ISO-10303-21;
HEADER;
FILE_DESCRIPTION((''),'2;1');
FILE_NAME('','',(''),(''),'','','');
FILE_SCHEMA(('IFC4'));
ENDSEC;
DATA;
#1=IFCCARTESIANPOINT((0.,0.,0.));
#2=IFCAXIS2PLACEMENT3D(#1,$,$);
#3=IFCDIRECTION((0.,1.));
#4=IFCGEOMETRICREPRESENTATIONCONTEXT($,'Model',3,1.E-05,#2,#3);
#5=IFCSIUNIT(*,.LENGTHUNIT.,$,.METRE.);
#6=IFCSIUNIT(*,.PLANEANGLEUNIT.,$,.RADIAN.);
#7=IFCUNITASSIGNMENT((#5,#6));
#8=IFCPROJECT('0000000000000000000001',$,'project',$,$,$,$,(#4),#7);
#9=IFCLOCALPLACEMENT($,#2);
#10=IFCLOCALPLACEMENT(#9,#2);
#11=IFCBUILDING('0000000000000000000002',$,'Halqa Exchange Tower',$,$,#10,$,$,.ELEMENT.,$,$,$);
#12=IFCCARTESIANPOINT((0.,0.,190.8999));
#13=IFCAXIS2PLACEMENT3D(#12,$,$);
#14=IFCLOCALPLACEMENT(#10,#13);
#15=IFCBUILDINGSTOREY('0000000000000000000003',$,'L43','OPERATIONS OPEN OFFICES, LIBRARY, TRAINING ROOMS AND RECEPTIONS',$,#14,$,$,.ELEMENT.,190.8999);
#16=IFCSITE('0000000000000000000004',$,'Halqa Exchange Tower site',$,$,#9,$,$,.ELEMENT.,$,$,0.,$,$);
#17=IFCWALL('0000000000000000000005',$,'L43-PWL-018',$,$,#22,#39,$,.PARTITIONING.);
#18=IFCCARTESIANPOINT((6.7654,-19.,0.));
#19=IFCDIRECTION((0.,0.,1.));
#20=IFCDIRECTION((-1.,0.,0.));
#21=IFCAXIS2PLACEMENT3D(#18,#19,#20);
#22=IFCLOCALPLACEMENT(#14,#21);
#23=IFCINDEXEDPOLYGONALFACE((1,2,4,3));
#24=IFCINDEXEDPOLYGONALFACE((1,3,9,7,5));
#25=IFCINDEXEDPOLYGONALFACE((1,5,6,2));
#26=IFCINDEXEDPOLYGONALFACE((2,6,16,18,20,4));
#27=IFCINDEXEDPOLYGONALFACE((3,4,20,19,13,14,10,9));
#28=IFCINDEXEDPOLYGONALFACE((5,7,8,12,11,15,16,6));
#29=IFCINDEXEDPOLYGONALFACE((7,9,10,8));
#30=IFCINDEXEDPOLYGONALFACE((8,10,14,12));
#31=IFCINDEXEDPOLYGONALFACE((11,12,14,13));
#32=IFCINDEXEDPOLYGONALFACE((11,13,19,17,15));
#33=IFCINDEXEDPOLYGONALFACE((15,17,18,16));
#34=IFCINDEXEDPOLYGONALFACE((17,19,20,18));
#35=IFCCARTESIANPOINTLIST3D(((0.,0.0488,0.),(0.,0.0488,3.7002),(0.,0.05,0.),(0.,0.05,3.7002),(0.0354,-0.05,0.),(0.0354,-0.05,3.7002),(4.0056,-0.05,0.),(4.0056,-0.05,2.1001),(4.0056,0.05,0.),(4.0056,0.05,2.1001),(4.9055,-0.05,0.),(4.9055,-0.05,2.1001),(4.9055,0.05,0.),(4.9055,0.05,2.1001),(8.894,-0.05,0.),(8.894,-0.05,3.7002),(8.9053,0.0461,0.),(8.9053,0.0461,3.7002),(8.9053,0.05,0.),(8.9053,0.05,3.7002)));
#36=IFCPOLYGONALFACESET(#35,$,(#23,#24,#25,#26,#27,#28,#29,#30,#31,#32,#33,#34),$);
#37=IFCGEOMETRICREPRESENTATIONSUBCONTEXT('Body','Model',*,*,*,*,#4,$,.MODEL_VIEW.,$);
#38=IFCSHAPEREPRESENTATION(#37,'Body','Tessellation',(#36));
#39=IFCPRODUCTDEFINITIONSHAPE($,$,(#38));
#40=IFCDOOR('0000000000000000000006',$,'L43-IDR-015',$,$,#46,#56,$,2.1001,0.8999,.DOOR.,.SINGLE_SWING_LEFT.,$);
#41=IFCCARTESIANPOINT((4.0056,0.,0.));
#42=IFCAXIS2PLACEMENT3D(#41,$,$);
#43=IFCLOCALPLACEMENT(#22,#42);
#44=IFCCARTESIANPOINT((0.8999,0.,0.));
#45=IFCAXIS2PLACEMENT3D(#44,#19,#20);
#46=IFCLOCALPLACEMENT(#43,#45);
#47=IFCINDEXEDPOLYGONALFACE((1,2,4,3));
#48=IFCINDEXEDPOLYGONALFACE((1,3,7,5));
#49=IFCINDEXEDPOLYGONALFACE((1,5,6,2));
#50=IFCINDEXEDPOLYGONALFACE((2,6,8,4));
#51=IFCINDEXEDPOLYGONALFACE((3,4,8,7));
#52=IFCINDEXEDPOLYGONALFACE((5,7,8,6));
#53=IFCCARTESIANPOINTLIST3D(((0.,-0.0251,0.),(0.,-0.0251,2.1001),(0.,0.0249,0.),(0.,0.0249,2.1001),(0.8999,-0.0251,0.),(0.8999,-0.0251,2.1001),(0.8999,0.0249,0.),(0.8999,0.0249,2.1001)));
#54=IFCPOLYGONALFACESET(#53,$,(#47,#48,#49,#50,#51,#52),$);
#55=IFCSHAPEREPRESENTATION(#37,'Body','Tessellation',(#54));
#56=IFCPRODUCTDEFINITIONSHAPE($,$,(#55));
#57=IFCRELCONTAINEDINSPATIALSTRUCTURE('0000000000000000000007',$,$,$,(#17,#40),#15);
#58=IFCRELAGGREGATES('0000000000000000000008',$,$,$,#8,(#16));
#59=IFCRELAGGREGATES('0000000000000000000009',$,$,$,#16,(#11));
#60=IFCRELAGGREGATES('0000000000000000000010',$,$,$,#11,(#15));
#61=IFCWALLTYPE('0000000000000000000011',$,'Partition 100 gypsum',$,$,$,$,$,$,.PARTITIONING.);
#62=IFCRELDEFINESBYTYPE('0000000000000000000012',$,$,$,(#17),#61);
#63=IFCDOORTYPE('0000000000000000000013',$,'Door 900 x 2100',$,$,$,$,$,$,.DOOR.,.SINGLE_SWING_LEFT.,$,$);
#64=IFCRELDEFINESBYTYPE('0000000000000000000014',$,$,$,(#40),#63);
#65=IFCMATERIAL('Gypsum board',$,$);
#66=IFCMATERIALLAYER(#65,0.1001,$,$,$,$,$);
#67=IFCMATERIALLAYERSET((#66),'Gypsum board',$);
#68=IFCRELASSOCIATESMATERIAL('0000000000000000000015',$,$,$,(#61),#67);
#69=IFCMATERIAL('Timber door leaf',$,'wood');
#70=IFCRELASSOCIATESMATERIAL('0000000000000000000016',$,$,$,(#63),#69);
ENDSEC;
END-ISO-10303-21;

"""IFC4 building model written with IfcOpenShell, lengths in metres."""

from ifc_helpers import new_model, si_unit, direction, frame, frame_2d, origin, place, context, subcontext, project, spatial, polyline, rectangle, outline, extrude, material, layer, layer_set, type_object, element, fill, save


model = new_model("IFC4")

# Units and contexts
model_context = context("Model", 3, precision=1e-05, world=origin(), true_north=direction((0.0, 1.0)))
body_context = subcontext(model_context, "Body", "Model", "MODEL_VIEW")
ifc_project = project(units=[si_unit("LENGTHUNIT", "METRE"), si_unit("PLANEANGLEUNIT", "RADIAN")], contexts=[model_context])

# Site, building, storey
site_placement = place(None, origin())
site = spatial("IfcSite", under=ifc_project, at=site_placement, Name="Halqa Exchange Tower site", CompositionType="ELEMENT", RefElevation=0.0)
building_placement = place(site_placement, origin())
building = spatial("IfcBuilding", under=site, at=building_placement, Name="Halqa Exchange Tower", CompositionType="ELEMENT")
storey_placement = place(building_placement, frame((0.0, 0.0, 190.8999)))
storey = spatial("IfcBuildingStorey", under=building, at=storey_placement, Name="L43", Description="OPERATIONS OPEN OFFICES, LIBRARY, TRAINING ROOMS AND RECEPTIONS", CompositionType="ELEMENT", Elevation=190.8999)

# Wall, opening, door
ifc_material_1 = material(Name="Gypsum board")
ifc_layer_1 = layer(ifc_material_1, 0.1001)
ifc_layer_set_1 = layer_set([ifc_layer_1], Name="Gypsum board")
wall_type_1 = type_object("IfcWallType", Name="Partition 100 gypsum", PredefinedType="PARTITIONING", material=ifc_layer_set_1)
wall_1_placement = place(storey_placement, frame((6.7654, -19.0, 0.0), z_axis=(0.0, 0.0, 1.0), x_axis=(-1.0, 0.0, 0.0)))
wall_1 = element("IfcWall", 1, at=wall_1_placement, inside=storey, type_object=wall_type_1, Name="L43-PWL-018", PredefinedType="PARTITIONING", context=body_context, shape_type="SweptSolid", body=[
    extrude(outline(polyline([(0.0354, -0.05), (1.8071, -0.05), (3.5789, -0.05), (5.3506, -0.05), (7.1223, -0.05), (8.894, -0.05), (8.9053, 0.0461), (8.9053, 0.05), (7.1243, 0.05), (5.3433, 0.05), (3.562, 0.05), (1.781, 0.05), (0.0, 0.05), (0.0, 0.0488), (0.0354, -0.05)])), origin(), (0.0, 0.0, 1.0), 3.7002),
])
opening_1_placement = place(wall_1_placement, frame((4.0056, 0.0, 0.0)))
opening_1 = element("IfcOpeningElement", 2, at=opening_1_placement, cuts=wall_1, PredefinedType="OPENING", context=body_context, shape_type="SweptSolid", body=[
    extrude(rectangle(XDim=0.8999, YDim=2.1001, at=frame_2d((0.45, 1.05))), frame((0.0, 0.062, 0.0), z_axis=(0.0, -1.0, 0.0), x_axis=(1.0, 0.0, 0.0)), (0.0, 0.0, 1.0), 0.124),
])
ifc_material_2 = material(Name="Timber door leaf", Category="wood")
door_type = type_object("IfcDoorType", Name="Door 900 x 2100", OperationType="SINGLE_SWING_LEFT", PredefinedType="DOOR", material=ifc_material_2)
door_placement = place(opening_1_placement, frame((0.8999, 0.0, 0.0), z_axis=(0.0, 0.0, 1.0), x_axis=(-1.0, 0.0, 0.0)))
door = element("IfcDoor", 3, at=door_placement, inside=storey, type_object=door_type, Name="L43-IDR-015", OperationType="SINGLE_SWING_LEFT", OverallHeight=2.1001, OverallWidth=0.8999, PredefinedType="DOOR", context=body_context, shape_type="SweptSolid", body=[
    extrude(rectangle(XDim=0.8999, YDim=2.1001, at=frame_2d((0.45, 1.05))), frame((0.0, 0.0249, 0.0), z_axis=(0.0, -1.0, 0.0), x_axis=(1.0, 0.0, 0.0)), (0.0, 0.0, 1.0), 0.05),
])
fill(opening_1, door)

save(model, "model.ifc")
